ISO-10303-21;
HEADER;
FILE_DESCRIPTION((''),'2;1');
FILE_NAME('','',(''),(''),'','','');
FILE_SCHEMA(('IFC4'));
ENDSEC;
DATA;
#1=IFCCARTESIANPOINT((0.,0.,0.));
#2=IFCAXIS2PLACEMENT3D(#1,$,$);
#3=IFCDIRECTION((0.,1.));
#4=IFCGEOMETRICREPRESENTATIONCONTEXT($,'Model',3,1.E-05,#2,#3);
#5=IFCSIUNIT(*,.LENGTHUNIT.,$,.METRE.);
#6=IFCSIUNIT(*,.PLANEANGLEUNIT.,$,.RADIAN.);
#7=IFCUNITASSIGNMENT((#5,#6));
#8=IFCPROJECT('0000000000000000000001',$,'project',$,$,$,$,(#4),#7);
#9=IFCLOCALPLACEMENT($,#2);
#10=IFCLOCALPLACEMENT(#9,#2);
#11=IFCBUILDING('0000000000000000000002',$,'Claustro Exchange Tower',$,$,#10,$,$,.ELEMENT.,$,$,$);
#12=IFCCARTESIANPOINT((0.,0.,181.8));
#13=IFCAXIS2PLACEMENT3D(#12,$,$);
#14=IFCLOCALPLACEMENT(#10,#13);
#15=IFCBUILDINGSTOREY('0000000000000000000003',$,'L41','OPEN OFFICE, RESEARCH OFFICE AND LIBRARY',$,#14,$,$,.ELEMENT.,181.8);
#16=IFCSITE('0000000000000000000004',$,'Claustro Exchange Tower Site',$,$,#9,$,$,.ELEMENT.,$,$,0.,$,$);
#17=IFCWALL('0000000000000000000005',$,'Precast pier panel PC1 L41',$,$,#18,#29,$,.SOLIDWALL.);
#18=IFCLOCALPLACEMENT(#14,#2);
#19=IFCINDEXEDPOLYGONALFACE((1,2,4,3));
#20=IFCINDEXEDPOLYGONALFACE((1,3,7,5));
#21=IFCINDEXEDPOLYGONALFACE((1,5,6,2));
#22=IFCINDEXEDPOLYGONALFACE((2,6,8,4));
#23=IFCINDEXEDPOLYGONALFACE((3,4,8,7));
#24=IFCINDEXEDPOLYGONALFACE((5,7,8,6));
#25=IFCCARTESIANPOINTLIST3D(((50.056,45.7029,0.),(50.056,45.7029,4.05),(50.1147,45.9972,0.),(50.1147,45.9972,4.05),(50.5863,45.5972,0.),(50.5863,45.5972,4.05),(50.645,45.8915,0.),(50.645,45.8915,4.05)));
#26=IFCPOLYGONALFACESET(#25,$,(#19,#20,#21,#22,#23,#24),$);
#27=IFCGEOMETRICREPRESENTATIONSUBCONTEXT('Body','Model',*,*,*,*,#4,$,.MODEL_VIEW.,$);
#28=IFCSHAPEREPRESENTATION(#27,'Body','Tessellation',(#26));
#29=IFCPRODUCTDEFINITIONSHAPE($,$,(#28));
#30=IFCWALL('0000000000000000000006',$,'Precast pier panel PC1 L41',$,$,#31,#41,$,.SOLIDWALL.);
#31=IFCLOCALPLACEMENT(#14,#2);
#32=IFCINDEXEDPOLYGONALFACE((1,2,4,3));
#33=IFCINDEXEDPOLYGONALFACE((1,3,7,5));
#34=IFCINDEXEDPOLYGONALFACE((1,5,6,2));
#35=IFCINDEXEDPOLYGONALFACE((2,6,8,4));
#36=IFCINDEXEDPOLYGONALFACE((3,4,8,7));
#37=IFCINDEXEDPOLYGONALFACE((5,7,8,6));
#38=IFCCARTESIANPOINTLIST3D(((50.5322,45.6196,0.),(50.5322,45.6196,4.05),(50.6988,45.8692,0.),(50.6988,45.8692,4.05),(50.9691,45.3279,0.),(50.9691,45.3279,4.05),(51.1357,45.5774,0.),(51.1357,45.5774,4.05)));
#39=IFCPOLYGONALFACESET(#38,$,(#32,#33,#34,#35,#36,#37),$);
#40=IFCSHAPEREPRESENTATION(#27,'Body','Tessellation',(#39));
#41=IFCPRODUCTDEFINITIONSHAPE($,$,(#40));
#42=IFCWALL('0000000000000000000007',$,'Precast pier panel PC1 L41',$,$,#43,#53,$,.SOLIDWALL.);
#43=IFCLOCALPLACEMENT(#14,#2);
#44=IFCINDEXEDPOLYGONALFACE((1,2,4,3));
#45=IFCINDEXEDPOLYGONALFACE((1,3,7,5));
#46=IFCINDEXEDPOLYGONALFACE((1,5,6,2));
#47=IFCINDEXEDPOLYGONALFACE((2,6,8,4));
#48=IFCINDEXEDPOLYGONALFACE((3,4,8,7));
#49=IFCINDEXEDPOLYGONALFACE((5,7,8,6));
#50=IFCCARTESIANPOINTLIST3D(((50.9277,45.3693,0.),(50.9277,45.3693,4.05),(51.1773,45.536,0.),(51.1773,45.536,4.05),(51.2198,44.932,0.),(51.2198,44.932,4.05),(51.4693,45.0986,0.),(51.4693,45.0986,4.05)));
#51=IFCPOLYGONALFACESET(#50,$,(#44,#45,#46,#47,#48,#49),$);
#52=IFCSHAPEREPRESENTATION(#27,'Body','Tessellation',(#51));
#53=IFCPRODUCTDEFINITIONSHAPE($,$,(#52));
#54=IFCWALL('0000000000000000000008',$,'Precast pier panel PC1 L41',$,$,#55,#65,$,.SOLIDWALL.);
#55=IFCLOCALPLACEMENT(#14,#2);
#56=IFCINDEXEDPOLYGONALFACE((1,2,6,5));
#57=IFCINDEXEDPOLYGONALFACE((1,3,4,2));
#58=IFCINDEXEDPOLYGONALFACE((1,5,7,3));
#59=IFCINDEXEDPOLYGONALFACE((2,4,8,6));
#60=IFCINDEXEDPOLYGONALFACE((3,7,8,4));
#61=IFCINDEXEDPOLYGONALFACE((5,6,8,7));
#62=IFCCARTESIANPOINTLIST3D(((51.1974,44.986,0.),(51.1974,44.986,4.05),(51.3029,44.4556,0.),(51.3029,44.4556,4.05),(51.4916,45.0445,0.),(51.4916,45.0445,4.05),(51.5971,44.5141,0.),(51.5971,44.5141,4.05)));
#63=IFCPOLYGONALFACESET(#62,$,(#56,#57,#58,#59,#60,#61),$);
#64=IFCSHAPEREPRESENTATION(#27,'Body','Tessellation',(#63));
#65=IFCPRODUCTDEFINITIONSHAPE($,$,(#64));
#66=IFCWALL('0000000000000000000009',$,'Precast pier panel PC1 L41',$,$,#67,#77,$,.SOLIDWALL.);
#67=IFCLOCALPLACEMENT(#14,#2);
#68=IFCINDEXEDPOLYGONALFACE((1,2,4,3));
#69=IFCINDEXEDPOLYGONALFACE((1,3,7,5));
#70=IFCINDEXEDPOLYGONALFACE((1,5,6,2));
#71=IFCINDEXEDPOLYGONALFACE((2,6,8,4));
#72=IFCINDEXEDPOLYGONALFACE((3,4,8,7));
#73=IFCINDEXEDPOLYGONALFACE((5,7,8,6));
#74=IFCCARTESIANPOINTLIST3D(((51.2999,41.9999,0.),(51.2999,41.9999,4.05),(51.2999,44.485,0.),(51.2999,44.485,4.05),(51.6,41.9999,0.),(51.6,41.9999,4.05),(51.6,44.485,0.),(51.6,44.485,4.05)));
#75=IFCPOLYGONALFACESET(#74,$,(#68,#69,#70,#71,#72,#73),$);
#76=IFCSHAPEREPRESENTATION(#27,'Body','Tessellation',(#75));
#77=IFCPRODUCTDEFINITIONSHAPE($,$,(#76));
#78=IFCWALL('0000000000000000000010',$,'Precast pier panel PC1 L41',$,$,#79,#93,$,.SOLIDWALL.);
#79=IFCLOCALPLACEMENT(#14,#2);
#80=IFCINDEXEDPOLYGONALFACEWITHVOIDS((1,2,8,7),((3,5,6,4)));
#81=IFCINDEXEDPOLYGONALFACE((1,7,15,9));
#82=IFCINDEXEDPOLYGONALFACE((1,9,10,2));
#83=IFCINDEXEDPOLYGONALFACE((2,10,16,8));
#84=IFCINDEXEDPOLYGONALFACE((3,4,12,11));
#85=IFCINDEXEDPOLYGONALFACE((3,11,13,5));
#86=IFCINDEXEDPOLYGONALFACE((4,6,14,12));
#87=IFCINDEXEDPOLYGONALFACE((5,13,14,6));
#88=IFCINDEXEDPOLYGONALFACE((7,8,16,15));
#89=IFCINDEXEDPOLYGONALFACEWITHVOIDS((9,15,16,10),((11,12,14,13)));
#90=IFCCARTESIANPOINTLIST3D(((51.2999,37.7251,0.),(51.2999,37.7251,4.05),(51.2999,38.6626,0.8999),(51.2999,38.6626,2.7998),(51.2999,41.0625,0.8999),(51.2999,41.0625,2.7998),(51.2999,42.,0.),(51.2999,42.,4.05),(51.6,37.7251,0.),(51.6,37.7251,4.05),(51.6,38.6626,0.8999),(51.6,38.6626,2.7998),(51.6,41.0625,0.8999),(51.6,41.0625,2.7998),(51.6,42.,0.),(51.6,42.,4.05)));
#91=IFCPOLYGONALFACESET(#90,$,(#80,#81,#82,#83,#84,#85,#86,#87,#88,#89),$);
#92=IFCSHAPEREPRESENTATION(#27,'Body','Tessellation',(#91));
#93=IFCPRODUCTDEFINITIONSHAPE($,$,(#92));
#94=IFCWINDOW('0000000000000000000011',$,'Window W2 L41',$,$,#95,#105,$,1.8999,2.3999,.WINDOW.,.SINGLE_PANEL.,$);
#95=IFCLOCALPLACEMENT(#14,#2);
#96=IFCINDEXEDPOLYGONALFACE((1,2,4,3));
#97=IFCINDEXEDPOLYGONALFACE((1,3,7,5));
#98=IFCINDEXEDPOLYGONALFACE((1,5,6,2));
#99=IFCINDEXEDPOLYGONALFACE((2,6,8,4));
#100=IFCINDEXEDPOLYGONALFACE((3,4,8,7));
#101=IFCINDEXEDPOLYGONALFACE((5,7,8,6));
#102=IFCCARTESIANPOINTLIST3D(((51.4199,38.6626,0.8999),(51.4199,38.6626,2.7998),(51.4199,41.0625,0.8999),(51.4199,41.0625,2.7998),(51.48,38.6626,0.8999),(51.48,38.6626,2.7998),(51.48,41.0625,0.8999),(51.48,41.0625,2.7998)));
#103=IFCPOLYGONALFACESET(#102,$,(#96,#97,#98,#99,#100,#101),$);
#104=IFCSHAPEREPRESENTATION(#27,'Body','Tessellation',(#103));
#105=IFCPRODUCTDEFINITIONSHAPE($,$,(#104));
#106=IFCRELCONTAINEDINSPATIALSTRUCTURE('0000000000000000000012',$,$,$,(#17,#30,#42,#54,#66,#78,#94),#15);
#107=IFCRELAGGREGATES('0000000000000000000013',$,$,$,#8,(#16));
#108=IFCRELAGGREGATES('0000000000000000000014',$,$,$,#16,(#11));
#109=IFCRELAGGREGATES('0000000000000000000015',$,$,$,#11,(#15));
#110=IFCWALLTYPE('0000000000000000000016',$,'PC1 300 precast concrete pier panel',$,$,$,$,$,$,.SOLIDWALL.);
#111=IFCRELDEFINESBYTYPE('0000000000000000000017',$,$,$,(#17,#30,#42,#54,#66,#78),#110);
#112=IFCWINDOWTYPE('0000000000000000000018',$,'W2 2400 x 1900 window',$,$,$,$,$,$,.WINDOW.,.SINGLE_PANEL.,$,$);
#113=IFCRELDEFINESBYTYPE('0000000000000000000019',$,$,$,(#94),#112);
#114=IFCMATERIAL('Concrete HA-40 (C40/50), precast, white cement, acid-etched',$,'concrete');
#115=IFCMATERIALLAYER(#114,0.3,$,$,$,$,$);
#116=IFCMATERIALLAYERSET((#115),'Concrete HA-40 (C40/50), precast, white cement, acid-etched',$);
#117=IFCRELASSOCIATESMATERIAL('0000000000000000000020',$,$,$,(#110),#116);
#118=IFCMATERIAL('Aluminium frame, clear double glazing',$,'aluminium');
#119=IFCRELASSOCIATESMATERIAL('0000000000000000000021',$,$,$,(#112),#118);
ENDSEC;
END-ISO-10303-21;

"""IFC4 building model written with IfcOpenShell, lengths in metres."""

from ifc_helpers import new_model, si_unit, direction, frame, frame_2d, origin, place, context, subcontext, project, spatial, rectangle, extrude, material, layer, layer_set, type_object, element, fill, save


model = new_model("IFC4")

# Units and contexts
model_context = context("Model", 3, precision=1e-05, world=origin(), true_north=direction((0.0, 1.0)))
body_context = subcontext(model_context, "Body", "Model", "MODEL_VIEW")
ifc_project = project(units=[si_unit("LENGTHUNIT", "METRE"), si_unit("PLANEANGLEUNIT", "RADIAN")], contexts=[model_context])

# Site, building, storey
site_placement = place(None, origin())
site = spatial("IfcSite", under=ifc_project, at=site_placement, Name="Claustro Exchange Tower Site", CompositionType="ELEMENT", RefElevation=0.0)
building_placement = place(site_placement, origin())
building = spatial("IfcBuilding", under=site, at=building_placement, Name="Claustro Exchange Tower", CompositionType="ELEMENT")
storey_placement = place(building_placement, frame((0.0, 0.0, 181.8)))
storey = spatial("IfcBuildingStorey", under=building, at=storey_placement, Name="L41", Description="OPEN OFFICE, RESEARCH OFFICE AND LIBRARY", CompositionType="ELEMENT", Elevation=181.8)

# Shared definitions
ifc_material_1 = material(Name="Concrete HA-40 (C40/50), precast, white cement, acid-etched", Category="concrete")
ifc_layer_1 = layer(ifc_material_1, 0.3)
ifc_layer_set_1 = layer_set([ifc_layer_1], Name="Concrete HA-40 (C40/50), precast, white cement, acid-etched")
wall_type_1 = type_object("IfcWallType", Name="PC1 300 precast concrete pier panel", PredefinedType="SOLIDWALL", material=ifc_layer_set_1)

# Walls
wall_1_placement = place(storey_placement, frame((50.0852, 45.8501, 0.0), z_axis=(0.0, 0.0, 1.0), x_axis=(0.980702, -0.195508, 0.0)))
element("IfcWall", 1, at=wall_1_placement, inside=storey, type_object=wall_type_1, Name="Precast pier panel PC1 L41", PredefinedType="SOLIDWALL", context=body_context, shape_type="SweptSolid", body=[
    extrude(rectangle(XDim=0.5408, YDim=0.3, at=frame_2d((0.2705, 0.0))), origin(), (0.0, 0.0, 1.0), 4.05),
])
wall_2_placement = place(storey_placement, frame((50.6155, 45.7444, 0.0), z_axis=(0.0, 0.0, 1.0), x_axis=(0.831693, -0.555236, 0.0)))
element("IfcWall", 2, at=wall_2_placement, inside=storey, type_object=wall_type_1, Name="Precast pier panel PC1 L41", PredefinedType="SOLIDWALL", context=body_context, shape_type="SweptSolid", body=[
    extrude(rectangle(XDim=0.5254, YDim=0.3, at=frame_2d((0.2627, 0.0))), origin(), (0.0, 0.0, 1.0), 4.05),
])
wall_3_placement = place(storey_placement, frame((51.0525, 45.4526, 0.0), z_axis=(0.0, 0.0, 1.0), x_axis=(0.555343, -0.831621, 0.0)))
element("IfcWall", 3, at=wall_3_placement, inside=storey, type_object=wall_type_1, Name="Precast pier panel PC1 L41", PredefinedType="SOLIDWALL", context=body_context, shape_type="SweptSolid", body=[
    extrude(rectangle(XDim=0.5259, YDim=0.3, at=frame_2d((0.2629, 0.0))), origin(), (0.0, 0.0, 1.0), 4.05),
])
wall_4_placement = place(storey_placement, frame((51.3445, 45.0154, 0.0), z_axis=(0.0, 0.0, 1.0), x_axis=(0.195074, -0.980789, 0.0)))
element("IfcWall", 4, at=wall_4_placement, inside=storey, type_object=wall_type_1, Name="Precast pier panel PC1 L41", PredefinedType="SOLIDWALL", context=body_context, shape_type="SweptSolid", body=[
    extrude(rectangle(XDim=0.5408, YDim=0.3, at=frame_2d((0.2705, 0.0))), origin(), (0.0, 0.0, 1.0), 4.05),
])
wall_5_placement = place(storey_placement, frame((51.45, 44.4851, 0.0), z_axis=(0.0, 0.0, 1.0), x_axis=(0.0, -1.0, 0.0)))
element("IfcWall", 5, at=wall_5_placement, inside=storey, type_object=wall_type_1, Name="Precast pier panel PC1 L41", PredefinedType="SOLIDWALL", context=body_context, shape_type="SweptSolid", body=[
    extrude(rectangle(XDim=2.4851, YDim=0.3, at=frame_2d((1.2427, 0.0))), origin(), (0.0, 0.0, 1.0), 4.05),
])

# Wall, opening, window
wall_6_placement = place(storey_placement, frame((51.45, 42.0, 0.0), z_axis=(0.0, 0.0, 1.0), x_axis=(0.0, -1.0, 0.0)))
wall_6 = element("IfcWall", 6, at=wall_6_placement, inside=storey, type_object=wall_type_1, Name="Precast pier panel PC1 L41", PredefinedType="SOLIDWALL", context=body_context, shape_type="SweptSolid", body=[
    extrude(rectangle(XDim=4.2749, YDim=0.3, at=frame_2d((2.1375, 0.0))), origin(), (0.0, 0.0, 1.0), 4.05),
])
opening_1_placement = place(wall_6_placement, frame((0.9375, 0.0, 0.8999)))
opening_1 = element("IfcOpeningElement", 7, at=opening_1_placement, cuts=wall_6, PredefinedType="OPENING", context=body_context, shape_type="SweptSolid", body=[
    extrude(rectangle(XDim=2.3999, YDim=1.8999, at=frame_2d((1.2, 0.95))), frame((0.0, 0.1599, 0.0), z_axis=(0.0, -1.0, 0.0), x_axis=(1.0, 0.0, 0.0)), (0.0, 0.0, 1.0), 0.3201),
])
ifc_material_2 = material(Name="Aluminium frame, clear double glazing", Category="aluminium")
window_type_1 = type_object("IfcWindowType", Name="W2 2400 x 1900 window", PartitioningType="SINGLE_PANEL", PredefinedType="WINDOW", material=ifc_material_2)
window_1_placement = place(opening_1_placement, origin())
window_1 = element("IfcWindow", 8, at=window_1_placement, inside=storey, type_object=window_type_1, Name="Window W2 L41", OverallHeight=1.8999, OverallWidth=2.3999, PartitioningType="SINGLE_PANEL", PredefinedType="WINDOW", context=body_context, shape_type="SweptSolid", body=[
    extrude(rectangle(XDim=2.3999, YDim=1.8999, at=frame_2d((1.2, 0.95))), frame((0.0, 0.03, 0.0), z_axis=(0.0, -1.0, 0.0), x_axis=(1.0, 0.0, 0.0)), (0.0, 0.0, 1.0), 0.0601),
])
fill(opening_1, window_1)

save(model, "model.ifc")
